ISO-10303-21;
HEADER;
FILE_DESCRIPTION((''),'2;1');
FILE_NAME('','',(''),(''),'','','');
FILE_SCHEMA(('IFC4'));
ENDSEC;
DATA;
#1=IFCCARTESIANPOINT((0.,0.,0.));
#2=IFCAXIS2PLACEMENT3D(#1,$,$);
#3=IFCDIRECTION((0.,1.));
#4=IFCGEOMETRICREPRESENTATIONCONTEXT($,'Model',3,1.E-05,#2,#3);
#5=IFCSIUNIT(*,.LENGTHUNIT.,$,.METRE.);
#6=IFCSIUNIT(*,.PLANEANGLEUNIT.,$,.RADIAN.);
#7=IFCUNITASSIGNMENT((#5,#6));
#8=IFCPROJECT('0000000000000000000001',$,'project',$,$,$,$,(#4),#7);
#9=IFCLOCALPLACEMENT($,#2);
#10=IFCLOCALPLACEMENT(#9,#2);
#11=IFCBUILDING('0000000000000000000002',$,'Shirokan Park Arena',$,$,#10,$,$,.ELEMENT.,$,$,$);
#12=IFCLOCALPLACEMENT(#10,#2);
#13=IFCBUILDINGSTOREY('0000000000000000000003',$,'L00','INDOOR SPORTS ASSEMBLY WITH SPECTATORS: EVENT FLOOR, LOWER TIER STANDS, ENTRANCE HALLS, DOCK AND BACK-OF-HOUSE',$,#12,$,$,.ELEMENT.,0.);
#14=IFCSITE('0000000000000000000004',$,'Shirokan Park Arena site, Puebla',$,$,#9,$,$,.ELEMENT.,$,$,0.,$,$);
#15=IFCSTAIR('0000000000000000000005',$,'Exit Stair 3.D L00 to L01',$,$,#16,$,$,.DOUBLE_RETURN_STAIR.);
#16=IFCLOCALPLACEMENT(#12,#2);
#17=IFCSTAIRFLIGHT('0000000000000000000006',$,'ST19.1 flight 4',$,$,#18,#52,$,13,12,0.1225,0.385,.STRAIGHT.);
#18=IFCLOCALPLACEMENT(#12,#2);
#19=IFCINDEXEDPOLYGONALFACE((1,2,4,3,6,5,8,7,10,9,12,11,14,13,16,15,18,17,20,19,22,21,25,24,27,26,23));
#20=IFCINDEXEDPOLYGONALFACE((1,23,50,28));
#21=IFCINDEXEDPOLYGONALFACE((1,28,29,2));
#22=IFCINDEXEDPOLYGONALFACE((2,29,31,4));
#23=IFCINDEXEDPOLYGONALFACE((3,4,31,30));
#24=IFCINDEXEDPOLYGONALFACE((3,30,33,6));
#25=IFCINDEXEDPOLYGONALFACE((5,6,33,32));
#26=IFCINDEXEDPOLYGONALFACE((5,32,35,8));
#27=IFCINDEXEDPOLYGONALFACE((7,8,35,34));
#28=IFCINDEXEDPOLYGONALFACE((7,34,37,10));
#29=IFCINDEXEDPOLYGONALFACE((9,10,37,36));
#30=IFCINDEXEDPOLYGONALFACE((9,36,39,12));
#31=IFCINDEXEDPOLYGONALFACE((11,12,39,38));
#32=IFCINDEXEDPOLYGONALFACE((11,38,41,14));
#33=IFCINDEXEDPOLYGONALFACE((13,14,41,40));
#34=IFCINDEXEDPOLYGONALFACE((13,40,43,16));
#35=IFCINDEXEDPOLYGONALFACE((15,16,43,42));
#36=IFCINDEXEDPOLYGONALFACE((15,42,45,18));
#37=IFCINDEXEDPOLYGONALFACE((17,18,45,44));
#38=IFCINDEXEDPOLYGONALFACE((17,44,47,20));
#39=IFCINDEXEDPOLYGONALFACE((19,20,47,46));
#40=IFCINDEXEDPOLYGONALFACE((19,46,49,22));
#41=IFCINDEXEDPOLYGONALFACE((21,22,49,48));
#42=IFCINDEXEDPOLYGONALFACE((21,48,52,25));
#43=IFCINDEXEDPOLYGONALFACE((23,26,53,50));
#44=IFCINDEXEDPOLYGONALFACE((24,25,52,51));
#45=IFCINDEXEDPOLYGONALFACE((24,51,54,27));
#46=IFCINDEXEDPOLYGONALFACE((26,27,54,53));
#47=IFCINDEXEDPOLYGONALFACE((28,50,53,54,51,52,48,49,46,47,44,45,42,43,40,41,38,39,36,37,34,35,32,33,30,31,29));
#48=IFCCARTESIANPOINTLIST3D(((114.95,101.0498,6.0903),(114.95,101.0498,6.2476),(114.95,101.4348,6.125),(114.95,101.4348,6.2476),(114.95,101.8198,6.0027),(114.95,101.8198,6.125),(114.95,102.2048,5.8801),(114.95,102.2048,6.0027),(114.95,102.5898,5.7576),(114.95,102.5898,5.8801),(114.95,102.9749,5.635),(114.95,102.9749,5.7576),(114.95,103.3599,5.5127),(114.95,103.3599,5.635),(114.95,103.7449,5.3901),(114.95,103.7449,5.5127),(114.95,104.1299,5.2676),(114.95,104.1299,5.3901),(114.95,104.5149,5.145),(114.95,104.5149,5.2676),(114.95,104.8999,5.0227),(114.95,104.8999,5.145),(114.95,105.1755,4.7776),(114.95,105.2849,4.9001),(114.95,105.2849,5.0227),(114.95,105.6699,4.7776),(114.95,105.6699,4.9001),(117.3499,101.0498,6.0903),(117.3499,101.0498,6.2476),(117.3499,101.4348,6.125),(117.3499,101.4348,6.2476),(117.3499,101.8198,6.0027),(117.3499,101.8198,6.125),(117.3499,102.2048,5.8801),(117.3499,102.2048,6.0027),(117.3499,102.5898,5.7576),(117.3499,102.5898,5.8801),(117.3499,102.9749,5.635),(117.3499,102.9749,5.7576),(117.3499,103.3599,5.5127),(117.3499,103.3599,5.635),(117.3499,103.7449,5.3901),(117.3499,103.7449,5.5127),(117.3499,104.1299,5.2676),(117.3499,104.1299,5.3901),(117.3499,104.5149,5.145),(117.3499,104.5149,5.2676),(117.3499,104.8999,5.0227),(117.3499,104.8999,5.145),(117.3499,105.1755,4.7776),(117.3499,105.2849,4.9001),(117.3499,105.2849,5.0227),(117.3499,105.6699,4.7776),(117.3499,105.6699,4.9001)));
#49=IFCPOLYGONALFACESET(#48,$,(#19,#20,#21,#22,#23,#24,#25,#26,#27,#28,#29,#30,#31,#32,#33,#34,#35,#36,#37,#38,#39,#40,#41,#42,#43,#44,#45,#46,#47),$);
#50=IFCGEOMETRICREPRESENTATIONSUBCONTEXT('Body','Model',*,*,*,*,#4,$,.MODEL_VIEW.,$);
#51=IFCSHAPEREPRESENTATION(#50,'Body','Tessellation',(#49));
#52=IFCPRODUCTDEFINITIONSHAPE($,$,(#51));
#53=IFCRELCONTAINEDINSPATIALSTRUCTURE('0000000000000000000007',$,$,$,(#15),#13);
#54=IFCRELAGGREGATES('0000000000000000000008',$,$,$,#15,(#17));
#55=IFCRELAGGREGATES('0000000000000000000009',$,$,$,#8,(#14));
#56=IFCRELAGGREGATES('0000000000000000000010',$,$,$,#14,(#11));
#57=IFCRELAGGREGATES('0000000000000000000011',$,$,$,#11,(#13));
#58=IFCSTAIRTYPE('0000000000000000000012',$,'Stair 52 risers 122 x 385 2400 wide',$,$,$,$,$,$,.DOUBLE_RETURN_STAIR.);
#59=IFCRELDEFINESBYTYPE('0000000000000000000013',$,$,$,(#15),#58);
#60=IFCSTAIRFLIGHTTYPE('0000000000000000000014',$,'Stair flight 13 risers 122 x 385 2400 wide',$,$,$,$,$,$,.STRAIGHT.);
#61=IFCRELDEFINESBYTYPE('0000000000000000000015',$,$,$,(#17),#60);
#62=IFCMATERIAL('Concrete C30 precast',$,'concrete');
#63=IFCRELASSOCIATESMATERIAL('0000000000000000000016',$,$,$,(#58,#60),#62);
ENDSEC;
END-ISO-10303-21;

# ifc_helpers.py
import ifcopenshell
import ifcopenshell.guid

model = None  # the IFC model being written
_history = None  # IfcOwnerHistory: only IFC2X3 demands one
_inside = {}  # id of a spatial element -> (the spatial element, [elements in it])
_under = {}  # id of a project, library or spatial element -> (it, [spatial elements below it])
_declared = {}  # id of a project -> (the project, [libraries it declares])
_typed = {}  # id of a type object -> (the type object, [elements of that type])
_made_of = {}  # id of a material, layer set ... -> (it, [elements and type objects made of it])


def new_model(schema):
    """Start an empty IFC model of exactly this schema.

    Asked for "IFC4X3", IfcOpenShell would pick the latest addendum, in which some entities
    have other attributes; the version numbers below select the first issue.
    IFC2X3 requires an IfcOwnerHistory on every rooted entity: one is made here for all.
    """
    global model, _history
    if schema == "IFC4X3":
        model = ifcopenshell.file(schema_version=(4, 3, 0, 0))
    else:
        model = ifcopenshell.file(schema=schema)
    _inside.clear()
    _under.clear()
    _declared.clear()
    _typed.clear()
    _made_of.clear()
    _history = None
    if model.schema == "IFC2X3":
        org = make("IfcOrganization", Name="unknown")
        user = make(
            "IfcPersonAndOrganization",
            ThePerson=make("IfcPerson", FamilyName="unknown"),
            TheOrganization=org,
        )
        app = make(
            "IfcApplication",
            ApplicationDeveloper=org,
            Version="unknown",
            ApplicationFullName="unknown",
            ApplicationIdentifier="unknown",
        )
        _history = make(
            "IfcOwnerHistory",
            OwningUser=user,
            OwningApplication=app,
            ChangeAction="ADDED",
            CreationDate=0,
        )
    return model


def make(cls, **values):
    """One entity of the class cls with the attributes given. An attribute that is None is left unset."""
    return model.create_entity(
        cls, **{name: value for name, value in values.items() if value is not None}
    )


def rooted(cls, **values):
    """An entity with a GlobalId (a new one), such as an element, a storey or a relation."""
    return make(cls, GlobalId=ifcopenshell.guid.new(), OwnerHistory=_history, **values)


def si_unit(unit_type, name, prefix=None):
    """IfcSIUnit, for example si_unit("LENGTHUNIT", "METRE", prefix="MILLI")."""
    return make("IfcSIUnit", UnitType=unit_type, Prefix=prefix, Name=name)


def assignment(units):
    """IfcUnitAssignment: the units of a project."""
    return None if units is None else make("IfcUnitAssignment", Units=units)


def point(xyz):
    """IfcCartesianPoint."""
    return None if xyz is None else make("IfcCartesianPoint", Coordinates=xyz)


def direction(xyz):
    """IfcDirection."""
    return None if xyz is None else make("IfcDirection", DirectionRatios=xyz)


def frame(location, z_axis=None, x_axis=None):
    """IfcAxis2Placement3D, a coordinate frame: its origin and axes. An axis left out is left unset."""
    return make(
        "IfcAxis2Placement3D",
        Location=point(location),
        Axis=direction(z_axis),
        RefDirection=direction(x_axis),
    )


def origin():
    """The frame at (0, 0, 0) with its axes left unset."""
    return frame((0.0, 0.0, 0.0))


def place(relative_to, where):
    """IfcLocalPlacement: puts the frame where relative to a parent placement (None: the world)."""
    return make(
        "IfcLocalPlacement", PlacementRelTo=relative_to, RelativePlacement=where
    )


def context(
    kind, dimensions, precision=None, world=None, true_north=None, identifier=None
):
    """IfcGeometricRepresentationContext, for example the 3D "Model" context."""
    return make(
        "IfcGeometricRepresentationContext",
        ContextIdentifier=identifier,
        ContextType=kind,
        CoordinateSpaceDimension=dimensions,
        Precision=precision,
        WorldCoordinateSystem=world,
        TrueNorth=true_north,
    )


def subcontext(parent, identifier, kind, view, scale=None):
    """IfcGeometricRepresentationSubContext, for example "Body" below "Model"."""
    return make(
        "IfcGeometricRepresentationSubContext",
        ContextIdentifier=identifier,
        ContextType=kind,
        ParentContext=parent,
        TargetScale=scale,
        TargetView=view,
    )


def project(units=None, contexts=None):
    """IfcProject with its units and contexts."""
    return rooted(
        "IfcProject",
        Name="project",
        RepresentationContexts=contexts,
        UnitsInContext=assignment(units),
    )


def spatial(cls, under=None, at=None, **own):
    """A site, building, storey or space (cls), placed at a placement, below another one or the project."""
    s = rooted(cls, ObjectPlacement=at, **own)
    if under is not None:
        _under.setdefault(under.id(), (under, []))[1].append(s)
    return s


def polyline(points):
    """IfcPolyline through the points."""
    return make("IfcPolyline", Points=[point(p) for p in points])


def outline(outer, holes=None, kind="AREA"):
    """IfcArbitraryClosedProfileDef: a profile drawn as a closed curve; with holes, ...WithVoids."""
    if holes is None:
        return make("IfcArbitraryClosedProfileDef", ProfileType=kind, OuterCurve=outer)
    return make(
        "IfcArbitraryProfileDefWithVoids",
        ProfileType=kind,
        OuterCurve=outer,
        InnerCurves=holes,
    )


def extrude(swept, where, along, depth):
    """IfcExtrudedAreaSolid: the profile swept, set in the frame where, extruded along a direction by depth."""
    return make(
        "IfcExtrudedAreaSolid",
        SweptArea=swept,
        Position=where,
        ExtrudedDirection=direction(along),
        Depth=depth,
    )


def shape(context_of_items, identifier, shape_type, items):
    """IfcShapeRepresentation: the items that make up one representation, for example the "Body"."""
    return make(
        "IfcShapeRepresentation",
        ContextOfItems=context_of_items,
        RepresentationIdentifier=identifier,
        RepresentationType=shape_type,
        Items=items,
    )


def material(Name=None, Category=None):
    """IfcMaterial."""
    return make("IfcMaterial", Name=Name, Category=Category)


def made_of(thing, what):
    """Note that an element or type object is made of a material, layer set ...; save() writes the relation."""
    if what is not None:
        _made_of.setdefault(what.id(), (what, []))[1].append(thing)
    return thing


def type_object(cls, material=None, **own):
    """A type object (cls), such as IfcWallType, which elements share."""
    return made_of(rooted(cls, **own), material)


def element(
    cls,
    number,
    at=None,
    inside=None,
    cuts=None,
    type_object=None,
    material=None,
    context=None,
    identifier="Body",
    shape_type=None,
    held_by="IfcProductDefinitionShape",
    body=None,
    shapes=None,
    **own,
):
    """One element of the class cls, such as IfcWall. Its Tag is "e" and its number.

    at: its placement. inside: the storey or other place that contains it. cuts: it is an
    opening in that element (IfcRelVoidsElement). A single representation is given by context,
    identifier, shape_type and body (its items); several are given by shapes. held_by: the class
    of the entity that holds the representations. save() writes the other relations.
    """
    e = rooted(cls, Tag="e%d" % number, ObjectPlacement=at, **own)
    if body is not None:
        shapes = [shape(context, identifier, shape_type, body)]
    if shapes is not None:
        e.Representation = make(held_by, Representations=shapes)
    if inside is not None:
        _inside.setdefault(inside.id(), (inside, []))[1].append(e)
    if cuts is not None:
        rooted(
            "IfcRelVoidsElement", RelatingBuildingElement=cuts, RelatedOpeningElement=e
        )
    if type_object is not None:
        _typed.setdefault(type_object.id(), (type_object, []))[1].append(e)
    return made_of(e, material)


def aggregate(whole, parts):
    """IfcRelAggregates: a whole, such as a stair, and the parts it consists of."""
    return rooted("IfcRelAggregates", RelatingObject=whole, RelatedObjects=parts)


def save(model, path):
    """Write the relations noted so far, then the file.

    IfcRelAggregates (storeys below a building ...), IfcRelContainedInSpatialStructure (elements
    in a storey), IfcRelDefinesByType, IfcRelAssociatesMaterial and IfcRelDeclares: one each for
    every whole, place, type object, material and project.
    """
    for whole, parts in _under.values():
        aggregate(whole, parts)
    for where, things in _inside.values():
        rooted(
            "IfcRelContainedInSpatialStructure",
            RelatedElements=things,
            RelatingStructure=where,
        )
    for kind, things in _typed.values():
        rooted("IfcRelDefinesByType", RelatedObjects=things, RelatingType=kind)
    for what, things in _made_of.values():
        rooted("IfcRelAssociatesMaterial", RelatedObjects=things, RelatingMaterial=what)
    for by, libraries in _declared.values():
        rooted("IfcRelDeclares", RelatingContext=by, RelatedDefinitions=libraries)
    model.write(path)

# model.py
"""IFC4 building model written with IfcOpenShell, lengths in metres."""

from ifc_helpers import new_model, si_unit, direction, frame, origin, place, context, subcontext, project, spatial, polyline, outline, extrude, material, type_object, element, aggregate, save


model = new_model("IFC4")

# Units and contexts
model_context = context("Model", 3, precision=1e-05, world=origin(), true_north=direction((0.0, 1.0)))
body_context = subcontext(model_context, "Body", "Model", "MODEL_VIEW")
ifc_project = project(units=[si_unit("LENGTHUNIT", "METRE"), si_unit("PLANEANGLEUNIT", "RADIAN")], contexts=[model_context])

# Site, building, storey
site_placement = place(None, origin())
site = spatial("IfcSite", under=ifc_project, at=site_placement, Name="Shirokan Park Arena site, Puebla", CompositionType="ELEMENT", RefElevation=0.0)
building_placement = place(site_placement, origin())
building = spatial("IfcBuilding", under=site, at=building_placement, Name="Shirokan Park Arena", CompositionType="ELEMENT")
storey_placement = place(building_placement, origin())
storey = spatial("IfcBuildingStorey", under=building, at=storey_placement, Name="L00", Description="INDOOR SPORTS ASSEMBLY WITH SPECTATORS: EVENT FLOOR, LOWER TIER STANDS, ENTRANCE HALLS, DOCK AND BACK-OF-HOUSE", CompositionType="ELEMENT", Elevation=0.0)

# Stair, stair flight
ifc_material_1 = material(Name="Concrete C30 precast", Category="concrete")
stair_type = type_object("IfcStairType", Name="Stair 52 risers 122 x 385 2400 wide", PredefinedType="DOUBLE_RETURN_STAIR", material=ifc_material_1)
stair_placement = place(storey_placement, origin())
stair = element("IfcStair", 1, at=stair_placement, inside=storey, type_object=stair_type, Name="Exit Stair 3.D L00 to L01", PredefinedType="DOUBLE_RETURN_STAIR")
stair_flight_type = type_object("IfcStairFlightType", Name="Stair flight 13 risers 122 x 385 2400 wide", PredefinedType="STRAIGHT", material=ifc_material_1)
stair_flight_1_placement = place(storey_placement, frame((116.1499, 105.6699, 4.7776), z_axis=(0.0, 0.0, 1.0), x_axis=(0.0, -1.0, 0.0)))
stair_flight_1 = element("IfcStairFlight", 2, at=stair_flight_1_placement, type_object=stair_flight_type, Name="ST19.1 flight 4", NumberOfRisers=13, NumberOfTreads=12, PredefinedType="STRAIGHT", RiserHeight=0.1225, TreadLength=0.385, context=body_context, shape_type="SweptSolid", body=[
    extrude(outline(polyline([(0.0, 0.0), (0.0, 0.1226), (0.385, 0.1226), (0.385, 0.2451), (0.77, 0.2451), (0.77, 0.3674), (1.155, 0.3674), (1.155, 0.49), (1.54, 0.49), (1.54, 0.6125), (1.925, 0.6125), (1.925, 0.7351), (2.3101, 0.7351), (2.3101, 0.8574), (2.6951, 0.8574), (2.6951, 0.98), (3.0801, 0.98), (3.0801, 1.1025), (3.4651, 1.1025), (3.4651, 1.2251), (3.8501, 1.2251), (3.8501, 1.3474), (4.2351, 1.3474), (4.2351, 1.47), (4.6201, 1.47), (4.6201, 1.5925), (4.6201, 1.3127), (0.4944, 0.0), (0.0, 0.0)])), frame((0.0, 1.2, 0.0), z_axis=(0.0, -1.0, 0.0), x_axis=(1.0, 0.0, 0.0)), (0.0, 0.0, 1.0), 2.3999),
])
aggregate(stair, [stair_flight_1])

save(model, "model.ifc")
